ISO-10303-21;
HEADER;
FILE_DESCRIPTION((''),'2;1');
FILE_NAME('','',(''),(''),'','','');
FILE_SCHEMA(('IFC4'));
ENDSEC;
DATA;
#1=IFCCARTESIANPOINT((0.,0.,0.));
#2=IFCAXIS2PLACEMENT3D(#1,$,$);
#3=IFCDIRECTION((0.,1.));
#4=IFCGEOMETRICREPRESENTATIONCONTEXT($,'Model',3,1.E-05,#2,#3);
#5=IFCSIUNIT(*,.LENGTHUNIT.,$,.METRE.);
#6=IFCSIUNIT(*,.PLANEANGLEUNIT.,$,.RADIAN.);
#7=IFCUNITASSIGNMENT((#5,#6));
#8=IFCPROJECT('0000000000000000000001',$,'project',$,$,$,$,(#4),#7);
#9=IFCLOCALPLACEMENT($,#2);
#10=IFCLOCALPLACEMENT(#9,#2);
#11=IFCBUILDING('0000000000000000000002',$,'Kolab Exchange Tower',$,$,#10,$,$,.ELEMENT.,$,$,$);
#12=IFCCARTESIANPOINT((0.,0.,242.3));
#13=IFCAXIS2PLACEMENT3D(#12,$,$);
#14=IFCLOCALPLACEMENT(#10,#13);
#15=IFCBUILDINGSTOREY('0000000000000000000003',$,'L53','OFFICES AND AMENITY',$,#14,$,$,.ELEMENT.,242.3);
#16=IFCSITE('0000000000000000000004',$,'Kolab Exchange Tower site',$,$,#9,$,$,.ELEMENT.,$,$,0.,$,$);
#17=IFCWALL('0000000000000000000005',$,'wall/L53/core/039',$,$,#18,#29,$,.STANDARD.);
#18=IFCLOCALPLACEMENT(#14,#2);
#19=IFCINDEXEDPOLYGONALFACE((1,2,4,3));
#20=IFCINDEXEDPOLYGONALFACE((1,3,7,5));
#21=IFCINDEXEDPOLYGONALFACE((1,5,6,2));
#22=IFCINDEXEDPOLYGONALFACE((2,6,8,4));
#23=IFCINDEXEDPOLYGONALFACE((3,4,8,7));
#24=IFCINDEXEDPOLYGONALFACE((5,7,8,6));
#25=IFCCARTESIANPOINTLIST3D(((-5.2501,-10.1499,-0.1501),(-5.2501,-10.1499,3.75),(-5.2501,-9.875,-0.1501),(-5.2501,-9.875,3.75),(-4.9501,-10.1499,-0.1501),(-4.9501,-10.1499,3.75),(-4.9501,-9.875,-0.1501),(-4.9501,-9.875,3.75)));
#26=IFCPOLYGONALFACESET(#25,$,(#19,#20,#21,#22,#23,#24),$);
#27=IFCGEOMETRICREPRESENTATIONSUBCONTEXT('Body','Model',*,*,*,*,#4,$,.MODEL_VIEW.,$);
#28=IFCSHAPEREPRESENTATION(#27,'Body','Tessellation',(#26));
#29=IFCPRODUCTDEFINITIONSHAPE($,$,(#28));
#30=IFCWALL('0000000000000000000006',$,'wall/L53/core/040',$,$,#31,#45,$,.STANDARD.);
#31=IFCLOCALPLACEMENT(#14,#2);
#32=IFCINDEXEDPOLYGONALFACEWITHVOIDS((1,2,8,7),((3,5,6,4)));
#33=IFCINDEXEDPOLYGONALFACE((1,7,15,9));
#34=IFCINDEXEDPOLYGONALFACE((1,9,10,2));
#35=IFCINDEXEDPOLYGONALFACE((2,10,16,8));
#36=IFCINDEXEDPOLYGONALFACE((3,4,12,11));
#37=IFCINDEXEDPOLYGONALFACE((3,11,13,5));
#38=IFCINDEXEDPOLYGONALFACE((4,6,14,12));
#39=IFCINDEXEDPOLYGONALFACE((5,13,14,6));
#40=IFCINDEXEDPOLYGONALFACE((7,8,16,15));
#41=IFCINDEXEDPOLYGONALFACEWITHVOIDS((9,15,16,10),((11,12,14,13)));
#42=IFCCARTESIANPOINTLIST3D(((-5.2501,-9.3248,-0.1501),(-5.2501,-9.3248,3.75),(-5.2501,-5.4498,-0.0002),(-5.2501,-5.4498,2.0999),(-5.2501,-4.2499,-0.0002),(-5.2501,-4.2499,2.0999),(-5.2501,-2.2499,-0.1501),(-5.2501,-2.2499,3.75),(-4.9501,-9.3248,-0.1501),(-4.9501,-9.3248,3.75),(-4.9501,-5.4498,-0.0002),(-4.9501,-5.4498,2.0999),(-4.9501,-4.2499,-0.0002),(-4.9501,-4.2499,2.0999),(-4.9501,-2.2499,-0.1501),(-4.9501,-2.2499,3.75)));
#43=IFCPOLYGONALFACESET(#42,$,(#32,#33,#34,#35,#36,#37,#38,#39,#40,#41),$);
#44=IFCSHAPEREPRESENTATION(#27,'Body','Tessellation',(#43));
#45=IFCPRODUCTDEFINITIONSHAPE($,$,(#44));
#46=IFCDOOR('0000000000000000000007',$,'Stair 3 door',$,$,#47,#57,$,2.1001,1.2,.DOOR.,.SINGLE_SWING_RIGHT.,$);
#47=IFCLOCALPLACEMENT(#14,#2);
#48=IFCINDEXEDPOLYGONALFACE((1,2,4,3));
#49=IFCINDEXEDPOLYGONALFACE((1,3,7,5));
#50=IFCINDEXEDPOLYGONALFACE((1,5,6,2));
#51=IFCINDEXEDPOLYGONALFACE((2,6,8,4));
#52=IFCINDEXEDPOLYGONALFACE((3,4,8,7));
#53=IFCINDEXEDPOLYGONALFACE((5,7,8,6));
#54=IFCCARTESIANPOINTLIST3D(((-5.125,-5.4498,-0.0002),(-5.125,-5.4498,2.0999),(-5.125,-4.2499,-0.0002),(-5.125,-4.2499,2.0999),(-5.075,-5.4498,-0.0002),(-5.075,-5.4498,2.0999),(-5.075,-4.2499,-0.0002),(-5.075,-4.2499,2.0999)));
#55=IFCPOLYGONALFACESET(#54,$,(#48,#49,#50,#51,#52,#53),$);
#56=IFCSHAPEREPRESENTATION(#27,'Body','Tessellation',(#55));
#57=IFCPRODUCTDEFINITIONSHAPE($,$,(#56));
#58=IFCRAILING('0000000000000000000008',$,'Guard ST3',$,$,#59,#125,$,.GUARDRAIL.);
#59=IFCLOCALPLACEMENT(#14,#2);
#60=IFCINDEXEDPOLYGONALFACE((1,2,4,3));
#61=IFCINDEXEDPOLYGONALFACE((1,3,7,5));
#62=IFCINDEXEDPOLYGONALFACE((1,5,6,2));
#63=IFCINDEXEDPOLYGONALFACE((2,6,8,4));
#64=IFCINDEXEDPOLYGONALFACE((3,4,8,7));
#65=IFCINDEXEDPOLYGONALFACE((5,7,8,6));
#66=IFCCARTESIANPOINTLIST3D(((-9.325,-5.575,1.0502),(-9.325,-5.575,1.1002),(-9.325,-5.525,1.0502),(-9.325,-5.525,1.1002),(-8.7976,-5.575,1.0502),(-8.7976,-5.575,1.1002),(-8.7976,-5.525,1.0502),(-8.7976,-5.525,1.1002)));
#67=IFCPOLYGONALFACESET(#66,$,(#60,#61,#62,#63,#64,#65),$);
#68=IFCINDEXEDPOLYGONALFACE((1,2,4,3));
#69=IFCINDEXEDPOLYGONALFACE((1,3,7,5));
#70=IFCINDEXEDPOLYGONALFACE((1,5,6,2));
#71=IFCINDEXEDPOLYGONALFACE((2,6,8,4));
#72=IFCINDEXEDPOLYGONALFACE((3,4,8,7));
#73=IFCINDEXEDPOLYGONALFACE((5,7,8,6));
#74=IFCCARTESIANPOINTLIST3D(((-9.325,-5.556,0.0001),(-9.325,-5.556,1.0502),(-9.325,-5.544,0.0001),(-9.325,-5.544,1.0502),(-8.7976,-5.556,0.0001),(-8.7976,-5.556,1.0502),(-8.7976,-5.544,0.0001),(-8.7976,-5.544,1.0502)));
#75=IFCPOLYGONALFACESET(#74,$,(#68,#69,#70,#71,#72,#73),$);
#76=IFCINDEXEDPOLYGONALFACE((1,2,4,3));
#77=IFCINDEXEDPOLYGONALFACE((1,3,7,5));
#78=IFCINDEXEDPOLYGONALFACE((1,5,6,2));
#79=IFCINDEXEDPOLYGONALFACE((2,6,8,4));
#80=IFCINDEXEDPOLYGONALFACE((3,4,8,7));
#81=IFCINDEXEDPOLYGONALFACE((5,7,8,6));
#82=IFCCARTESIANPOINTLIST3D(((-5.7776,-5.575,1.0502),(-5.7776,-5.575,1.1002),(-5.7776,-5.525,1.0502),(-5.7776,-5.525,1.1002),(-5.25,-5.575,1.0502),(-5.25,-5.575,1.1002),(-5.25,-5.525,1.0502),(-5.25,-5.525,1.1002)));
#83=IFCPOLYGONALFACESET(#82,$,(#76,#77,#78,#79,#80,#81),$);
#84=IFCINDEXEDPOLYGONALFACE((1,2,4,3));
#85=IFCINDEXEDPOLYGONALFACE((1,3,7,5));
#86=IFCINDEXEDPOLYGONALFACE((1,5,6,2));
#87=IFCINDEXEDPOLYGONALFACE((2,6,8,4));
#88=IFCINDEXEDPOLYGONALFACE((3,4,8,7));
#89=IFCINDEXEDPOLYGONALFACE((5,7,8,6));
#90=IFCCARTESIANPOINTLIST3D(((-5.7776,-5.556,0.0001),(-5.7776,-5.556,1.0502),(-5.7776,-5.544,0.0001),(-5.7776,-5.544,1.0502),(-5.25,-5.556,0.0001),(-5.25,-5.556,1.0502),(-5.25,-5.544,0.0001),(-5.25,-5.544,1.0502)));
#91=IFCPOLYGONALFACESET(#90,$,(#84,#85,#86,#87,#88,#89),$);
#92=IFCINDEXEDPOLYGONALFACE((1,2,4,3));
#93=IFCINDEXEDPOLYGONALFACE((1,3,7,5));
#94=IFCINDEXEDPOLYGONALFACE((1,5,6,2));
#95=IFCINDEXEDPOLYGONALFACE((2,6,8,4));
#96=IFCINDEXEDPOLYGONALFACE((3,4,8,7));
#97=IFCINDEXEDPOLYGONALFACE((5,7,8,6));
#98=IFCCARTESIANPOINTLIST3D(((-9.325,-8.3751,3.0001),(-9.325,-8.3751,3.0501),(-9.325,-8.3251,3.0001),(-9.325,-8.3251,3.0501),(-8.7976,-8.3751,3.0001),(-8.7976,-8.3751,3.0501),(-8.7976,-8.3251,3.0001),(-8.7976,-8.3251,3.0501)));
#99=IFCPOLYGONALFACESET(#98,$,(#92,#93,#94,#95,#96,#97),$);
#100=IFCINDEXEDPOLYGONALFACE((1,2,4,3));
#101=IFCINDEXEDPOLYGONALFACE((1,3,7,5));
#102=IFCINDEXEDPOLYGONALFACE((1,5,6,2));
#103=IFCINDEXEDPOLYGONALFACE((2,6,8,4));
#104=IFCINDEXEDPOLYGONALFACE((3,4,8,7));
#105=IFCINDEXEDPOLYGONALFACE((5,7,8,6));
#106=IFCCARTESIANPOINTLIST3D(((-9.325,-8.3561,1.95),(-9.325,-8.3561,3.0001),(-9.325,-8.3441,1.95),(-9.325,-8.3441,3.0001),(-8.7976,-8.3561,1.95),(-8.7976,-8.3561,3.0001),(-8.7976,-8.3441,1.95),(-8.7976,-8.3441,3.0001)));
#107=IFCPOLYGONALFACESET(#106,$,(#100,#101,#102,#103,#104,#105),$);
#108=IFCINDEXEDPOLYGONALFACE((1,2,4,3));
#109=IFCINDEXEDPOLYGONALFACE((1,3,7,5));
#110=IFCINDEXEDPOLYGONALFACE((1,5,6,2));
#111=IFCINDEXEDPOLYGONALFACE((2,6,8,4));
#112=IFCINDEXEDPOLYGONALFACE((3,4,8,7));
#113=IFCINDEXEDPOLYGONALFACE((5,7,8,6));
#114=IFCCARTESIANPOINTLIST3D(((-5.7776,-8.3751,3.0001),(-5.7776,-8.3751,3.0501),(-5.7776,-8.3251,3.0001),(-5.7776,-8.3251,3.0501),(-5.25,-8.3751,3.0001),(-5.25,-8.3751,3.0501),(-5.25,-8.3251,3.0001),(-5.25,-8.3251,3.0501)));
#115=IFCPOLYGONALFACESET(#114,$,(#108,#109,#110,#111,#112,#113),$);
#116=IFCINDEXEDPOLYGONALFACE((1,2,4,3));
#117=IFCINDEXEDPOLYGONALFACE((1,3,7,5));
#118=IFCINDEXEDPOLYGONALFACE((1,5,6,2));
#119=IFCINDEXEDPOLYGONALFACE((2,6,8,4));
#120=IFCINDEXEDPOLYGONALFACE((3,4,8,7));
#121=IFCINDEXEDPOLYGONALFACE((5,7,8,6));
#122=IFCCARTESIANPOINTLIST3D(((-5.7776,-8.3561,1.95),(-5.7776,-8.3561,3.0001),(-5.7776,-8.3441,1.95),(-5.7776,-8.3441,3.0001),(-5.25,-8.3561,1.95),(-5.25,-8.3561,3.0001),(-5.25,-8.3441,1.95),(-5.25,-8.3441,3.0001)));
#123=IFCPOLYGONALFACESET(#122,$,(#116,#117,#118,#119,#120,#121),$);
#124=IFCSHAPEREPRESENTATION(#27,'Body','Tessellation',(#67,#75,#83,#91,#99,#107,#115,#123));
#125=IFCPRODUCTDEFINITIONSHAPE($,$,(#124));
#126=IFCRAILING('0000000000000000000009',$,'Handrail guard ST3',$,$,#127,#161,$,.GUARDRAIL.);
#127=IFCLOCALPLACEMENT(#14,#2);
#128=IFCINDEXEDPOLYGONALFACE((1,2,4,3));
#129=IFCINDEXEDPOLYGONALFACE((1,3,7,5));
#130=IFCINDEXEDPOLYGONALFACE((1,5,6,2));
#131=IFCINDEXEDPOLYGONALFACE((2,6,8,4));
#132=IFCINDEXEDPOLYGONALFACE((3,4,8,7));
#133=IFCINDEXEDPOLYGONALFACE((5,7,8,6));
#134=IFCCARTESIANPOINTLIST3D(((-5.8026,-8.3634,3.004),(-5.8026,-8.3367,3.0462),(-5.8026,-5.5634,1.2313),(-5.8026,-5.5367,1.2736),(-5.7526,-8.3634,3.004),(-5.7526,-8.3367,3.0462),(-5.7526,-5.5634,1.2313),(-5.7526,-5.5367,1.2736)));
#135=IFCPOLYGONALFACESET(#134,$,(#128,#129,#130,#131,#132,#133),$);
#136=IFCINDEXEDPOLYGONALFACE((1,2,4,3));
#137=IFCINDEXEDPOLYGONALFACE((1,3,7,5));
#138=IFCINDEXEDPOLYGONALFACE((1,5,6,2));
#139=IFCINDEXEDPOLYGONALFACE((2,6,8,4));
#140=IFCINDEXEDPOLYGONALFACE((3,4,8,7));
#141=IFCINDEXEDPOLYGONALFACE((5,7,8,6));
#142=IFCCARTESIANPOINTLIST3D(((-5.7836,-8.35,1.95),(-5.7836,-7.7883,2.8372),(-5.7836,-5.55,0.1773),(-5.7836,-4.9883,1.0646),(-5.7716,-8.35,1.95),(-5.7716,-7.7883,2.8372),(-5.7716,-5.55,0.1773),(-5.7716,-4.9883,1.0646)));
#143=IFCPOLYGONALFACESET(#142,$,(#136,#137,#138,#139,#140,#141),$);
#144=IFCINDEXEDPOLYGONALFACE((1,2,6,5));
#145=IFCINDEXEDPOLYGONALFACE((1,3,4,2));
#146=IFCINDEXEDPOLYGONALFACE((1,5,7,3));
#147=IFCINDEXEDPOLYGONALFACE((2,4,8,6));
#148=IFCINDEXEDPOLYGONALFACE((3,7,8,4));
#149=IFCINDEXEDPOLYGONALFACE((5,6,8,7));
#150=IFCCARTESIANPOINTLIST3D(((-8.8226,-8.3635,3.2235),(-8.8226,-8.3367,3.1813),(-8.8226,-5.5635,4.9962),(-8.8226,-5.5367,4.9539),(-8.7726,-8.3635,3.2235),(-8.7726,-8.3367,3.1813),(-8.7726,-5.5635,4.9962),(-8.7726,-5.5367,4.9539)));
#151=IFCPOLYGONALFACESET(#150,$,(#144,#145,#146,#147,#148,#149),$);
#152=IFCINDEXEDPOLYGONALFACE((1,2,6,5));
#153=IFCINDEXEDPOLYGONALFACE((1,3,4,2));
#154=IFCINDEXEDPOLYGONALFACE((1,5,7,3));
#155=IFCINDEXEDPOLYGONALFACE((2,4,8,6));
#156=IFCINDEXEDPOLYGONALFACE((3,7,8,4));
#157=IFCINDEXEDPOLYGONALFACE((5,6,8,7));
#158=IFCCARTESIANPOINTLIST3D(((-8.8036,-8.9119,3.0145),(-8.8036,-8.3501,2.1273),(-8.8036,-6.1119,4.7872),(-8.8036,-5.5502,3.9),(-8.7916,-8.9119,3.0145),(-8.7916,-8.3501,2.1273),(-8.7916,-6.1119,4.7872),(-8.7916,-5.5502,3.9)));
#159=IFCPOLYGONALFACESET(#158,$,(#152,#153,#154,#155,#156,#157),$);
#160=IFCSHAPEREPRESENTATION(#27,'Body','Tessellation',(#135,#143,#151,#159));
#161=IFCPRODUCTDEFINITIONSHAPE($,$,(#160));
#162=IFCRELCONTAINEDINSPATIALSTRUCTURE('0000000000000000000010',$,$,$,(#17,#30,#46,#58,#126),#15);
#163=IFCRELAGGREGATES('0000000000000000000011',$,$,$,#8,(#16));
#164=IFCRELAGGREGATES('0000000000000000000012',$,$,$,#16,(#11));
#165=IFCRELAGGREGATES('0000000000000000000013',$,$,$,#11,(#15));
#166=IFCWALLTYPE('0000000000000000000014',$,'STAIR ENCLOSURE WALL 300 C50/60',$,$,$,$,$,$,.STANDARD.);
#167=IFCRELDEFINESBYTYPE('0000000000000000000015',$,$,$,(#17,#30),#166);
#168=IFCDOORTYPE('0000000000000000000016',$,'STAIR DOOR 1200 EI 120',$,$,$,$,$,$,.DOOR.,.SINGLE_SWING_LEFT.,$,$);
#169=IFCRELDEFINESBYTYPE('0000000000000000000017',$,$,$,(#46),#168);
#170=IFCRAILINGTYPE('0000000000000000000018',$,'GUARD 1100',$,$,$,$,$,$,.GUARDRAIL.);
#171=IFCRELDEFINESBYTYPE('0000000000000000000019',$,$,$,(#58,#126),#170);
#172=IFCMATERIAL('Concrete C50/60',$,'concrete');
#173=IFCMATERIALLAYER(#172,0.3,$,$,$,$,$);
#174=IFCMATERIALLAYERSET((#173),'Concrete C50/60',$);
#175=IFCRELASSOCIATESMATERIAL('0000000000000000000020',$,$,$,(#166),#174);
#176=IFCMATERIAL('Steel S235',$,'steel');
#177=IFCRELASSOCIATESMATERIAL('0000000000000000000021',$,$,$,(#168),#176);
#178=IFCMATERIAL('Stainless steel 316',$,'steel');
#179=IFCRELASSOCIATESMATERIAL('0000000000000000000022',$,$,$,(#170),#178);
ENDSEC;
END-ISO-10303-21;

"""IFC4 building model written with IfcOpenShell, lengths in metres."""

from ifc_helpers import new_model, si_unit, direction, frame, frame_2d, origin, origin_2d, place, context, subcontext, project, spatial, rectangle, extrude, material, layer, layer_set, type_object, element, fill, save


model = new_model("IFC4")

# Units and contexts
model_context = context("Model", 3, precision=1e-05, world=origin(), true_north=direction((0.0, 1.0)))
body_context = subcontext(model_context, "Body", "Model", "MODEL_VIEW")
ifc_project = project(units=[si_unit("LENGTHUNIT", "METRE"), si_unit("PLANEANGLEUNIT", "RADIAN")], contexts=[model_context])

# Site, building, storey
site_placement = place(None, origin())
site = spatial("IfcSite", under=ifc_project, at=site_placement, Name="Kolab Exchange Tower site", CompositionType="ELEMENT", RefElevation=0.0)
building_placement = place(site_placement, origin())
building = spatial("IfcBuilding", under=site, at=building_placement, Name="Kolab Exchange Tower", CompositionType="ELEMENT")
storey_placement = place(building_placement, frame((0.0, 0.0, 242.3)))
storey = spatial("IfcBuildingStorey", under=building, at=storey_placement, Name="L53", Description="OFFICES AND AMENITY", CompositionType="ELEMENT", Elevation=242.3)

# Shared definitions
ifc_material_1 = material(Name="Concrete C50/60", Category="concrete")
ifc_material_2 = material(Name="Steel S235", Category="steel")

# Shared definitions
ifc_material_3 = material(Name="Stainless steel 316", Category="steel")

# Wall
ifc_layer_1 = layer(ifc_material_1, 0.3)
ifc_layer_set_1 = layer_set([ifc_layer_1], Name="Concrete C50/60")
wall_type_1 = type_object("IfcWallType", Name="STAIR ENCLOSURE WALL 300 C50/60", PredefinedType="STANDARD", material=ifc_layer_set_1)
wall_1_placement = place(storey_placement, frame((-5.1001, -10.1499, -0.1501), z_axis=(0.0, 0.0, 1.0), x_axis=(0.0, 1.0, 0.0)))
element("IfcWall", 1, at=wall_1_placement, inside=storey, type_object=wall_type_1, Name="wall/L53/core/039", PredefinedType="STANDARD", context=body_context, shape_type="SweptSolid", body=[
    extrude(rectangle(XDim=0.2749, YDim=0.3, at=frame_2d((0.1375, 0.0))), origin(), (0.0, 0.0, 1.0), 3.9001),
])

# Wall, opening, door
wall_2_placement = place(storey_placement, frame((-5.1001, -9.325, -0.1501), z_axis=(0.0, 0.0, 1.0), x_axis=(0.0, 1.0, 0.0)))
wall_2 = element("IfcWall", 2, at=wall_2_placement, inside=storey, type_object=wall_type_1, Name="wall/L53/core/040", PredefinedType="STANDARD", context=body_context, shape_type="SweptSolid", body=[
    extrude(rectangle(XDim=7.075, YDim=0.3, at=frame_2d((3.5376, 0.0))), origin(), (0.0, 0.0, 1.0), 3.9001),
])
opening_1_placement = place(wall_2_placement, frame((3.875, 0.0, 0.1499)))
opening_1 = element("IfcOpeningElement", 3, at=opening_1_placement, cuts=wall_2, PredefinedType="OPENING", context=body_context, shape_type="SweptSolid", body=[
    extrude(rectangle(XDim=1.2, YDim=2.1001, at=frame_2d((0.6001, 1.05))), frame((0.0, 0.1602, 0.0), z_axis=(0.0, -1.0, 0.0), x_axis=(1.0, 0.0, 0.0)), (0.0, 0.0, 1.0), 0.3201),
])
door_type_1 = type_object("IfcDoorType", Name="STAIR DOOR 1200 EI 120", OperationType="SINGLE_SWING_LEFT", PredefinedType="DOOR", material=ifc_material_2)
door_1_placement = place(opening_1_placement, origin())
door_1 = element("IfcDoor", 4, at=door_1_placement, inside=storey, type_object=door_type_1, Name="Stair 3 door", OperationType="SINGLE_SWING_RIGHT", OverallHeight=2.1001, OverallWidth=1.2, PredefinedType="DOOR", context=body_context, shape_type="SweptSolid", body=[
    extrude(rectangle(XDim=1.2, YDim=2.1001, at=frame_2d((0.6001, 1.05))), frame((0.0, 0.0249, 0.0), z_axis=(0.0, -1.0, 0.0), x_axis=(1.0, 0.0, 0.0)), (0.0, 0.0, 1.0), 0.05),
])
fill(opening_1, door_1)

# Railings
railing_type = type_object("IfcRailingType", Name="GUARD 1100", PredefinedType="GUARDRAIL", material=ifc_material_3)
railing_1_placement = place(storey_placement, frame((-9.325, -5.55, 0.0)))
element("IfcRailing", 5, at=railing_1_placement, inside=storey, type_object=railing_type, Name="Guard ST3", PredefinedType="GUARDRAIL", context=body_context, shape_type="SweptSolid", body=[
    extrude(rectangle(XDim=0.05, YDim=0.05, at=origin_2d()), frame((0.0, 0.0, 1.0752), z_axis=(1.0, 0.0, 0.0), x_axis=(0.0, 1.0, 0.0)), (0.0, 0.0, 1.0), 0.5273),
    extrude(rectangle(XDim=0.012, YDim=1.0501, at=frame_2d((0.0, 0.5251))), frame((0.0, 0.0, 0.0), z_axis=(1.0, 0.0, 0.0), x_axis=(0.0, 1.0, 0.0)), (0.0, 0.0, 1.0), 0.5273),
    extrude(rectangle(XDim=0.05, YDim=0.05, at=origin_2d()), frame((3.5474, 0.0, 1.0752), z_axis=(1.0, 0.0, 0.0), x_axis=(0.0, 1.0, 0.0)), (0.0, 0.0, 1.0), 0.5276),
    extrude(rectangle(XDim=0.012, YDim=1.0501, at=frame_2d((0.0, 0.5251))), frame((3.5474, 0.0, 0.0), z_axis=(1.0, 0.0, 0.0), x_axis=(0.0, 1.0, 0.0)), (0.0, 0.0, 1.0), 0.5276),
    extrude(rectangle(XDim=0.05, YDim=0.05, at=origin_2d()), frame((0.0, -2.8, 3.0251), z_axis=(1.0, 0.0, 0.0), x_axis=(0.0, 1.0, 0.0)), (0.0, 0.0, 1.0), 0.5273),
    extrude(rectangle(XDim=0.012, YDim=1.0501, at=frame_2d((0.0, 0.5251))), frame((0.0, -2.8, 1.95), z_axis=(1.0, 0.0, 0.0), x_axis=(0.0, 1.0, 0.0)), (0.0, 0.0, 1.0), 0.5273),
    extrude(rectangle(XDim=0.05, YDim=0.05, at=origin_2d()), frame((3.5474, -2.8, 3.0251), z_axis=(1.0, 0.0, 0.0), x_axis=(0.0, 1.0, 0.0)), (0.0, 0.0, 1.0), 0.5276),
    extrude(rectangle(XDim=0.012, YDim=1.0501, at=frame_2d((0.0, 0.5251))), frame((3.5474, -2.8, 1.95), z_axis=(1.0, 0.0, 0.0), x_axis=(0.0, 1.0, 0.0)), (0.0, 0.0, 1.0), 0.5276),
])
railing_2_placement = place(storey_placement, frame((-5.7776, -5.55, 0.1772)))
element("IfcRailing", 6, at=railing_2_placement, inside=storey, type_object=railing_type, Name="Handrail guard ST3", PredefinedType="GUARDRAIL", context=body_context, shape_type="SweptSolid", body=[
    extrude(rectangle(XDim=0.05, YDim=0.05, at=origin_2d()), frame((0.0, 0.0, 1.0752), z_axis=(0.0, -0.844909, 0.53491), x_axis=(1.0, 0.0, 0.0)), (0.0, 0.0, 1.0), 3.314),
    extrude(rectangle(XDim=0.012, YDim=1.0501, at=frame_2d((0.0, 0.5251))), frame((0.0, 0.0, 0.0), z_axis=(0.0, -0.844909, 0.53491), x_axis=(1.0, 0.0, 0.0)), (0.0, 0.0, 1.0), 3.314),
    extrude(rectangle(XDim=0.05, YDim=0.05, at=origin_2d()), frame((-3.02, -2.8, 3.0251), z_axis=(0.0, 0.844909, 0.53491), x_axis=(-1.0, 0.0, 0.0)), (0.0, 0.0, 1.0), 3.314),
    extrude(rectangle(XDim=0.012, YDim=1.0501, at=frame_2d((0.0, 0.5251))), frame((-3.02, -2.8, 1.95), z_axis=(0.0, 0.844909, 0.53491), x_axis=(-1.0, 0.0, 0.0)), (0.0, 0.0, 1.0), 3.314),
])

save(model, "model.ifc")
